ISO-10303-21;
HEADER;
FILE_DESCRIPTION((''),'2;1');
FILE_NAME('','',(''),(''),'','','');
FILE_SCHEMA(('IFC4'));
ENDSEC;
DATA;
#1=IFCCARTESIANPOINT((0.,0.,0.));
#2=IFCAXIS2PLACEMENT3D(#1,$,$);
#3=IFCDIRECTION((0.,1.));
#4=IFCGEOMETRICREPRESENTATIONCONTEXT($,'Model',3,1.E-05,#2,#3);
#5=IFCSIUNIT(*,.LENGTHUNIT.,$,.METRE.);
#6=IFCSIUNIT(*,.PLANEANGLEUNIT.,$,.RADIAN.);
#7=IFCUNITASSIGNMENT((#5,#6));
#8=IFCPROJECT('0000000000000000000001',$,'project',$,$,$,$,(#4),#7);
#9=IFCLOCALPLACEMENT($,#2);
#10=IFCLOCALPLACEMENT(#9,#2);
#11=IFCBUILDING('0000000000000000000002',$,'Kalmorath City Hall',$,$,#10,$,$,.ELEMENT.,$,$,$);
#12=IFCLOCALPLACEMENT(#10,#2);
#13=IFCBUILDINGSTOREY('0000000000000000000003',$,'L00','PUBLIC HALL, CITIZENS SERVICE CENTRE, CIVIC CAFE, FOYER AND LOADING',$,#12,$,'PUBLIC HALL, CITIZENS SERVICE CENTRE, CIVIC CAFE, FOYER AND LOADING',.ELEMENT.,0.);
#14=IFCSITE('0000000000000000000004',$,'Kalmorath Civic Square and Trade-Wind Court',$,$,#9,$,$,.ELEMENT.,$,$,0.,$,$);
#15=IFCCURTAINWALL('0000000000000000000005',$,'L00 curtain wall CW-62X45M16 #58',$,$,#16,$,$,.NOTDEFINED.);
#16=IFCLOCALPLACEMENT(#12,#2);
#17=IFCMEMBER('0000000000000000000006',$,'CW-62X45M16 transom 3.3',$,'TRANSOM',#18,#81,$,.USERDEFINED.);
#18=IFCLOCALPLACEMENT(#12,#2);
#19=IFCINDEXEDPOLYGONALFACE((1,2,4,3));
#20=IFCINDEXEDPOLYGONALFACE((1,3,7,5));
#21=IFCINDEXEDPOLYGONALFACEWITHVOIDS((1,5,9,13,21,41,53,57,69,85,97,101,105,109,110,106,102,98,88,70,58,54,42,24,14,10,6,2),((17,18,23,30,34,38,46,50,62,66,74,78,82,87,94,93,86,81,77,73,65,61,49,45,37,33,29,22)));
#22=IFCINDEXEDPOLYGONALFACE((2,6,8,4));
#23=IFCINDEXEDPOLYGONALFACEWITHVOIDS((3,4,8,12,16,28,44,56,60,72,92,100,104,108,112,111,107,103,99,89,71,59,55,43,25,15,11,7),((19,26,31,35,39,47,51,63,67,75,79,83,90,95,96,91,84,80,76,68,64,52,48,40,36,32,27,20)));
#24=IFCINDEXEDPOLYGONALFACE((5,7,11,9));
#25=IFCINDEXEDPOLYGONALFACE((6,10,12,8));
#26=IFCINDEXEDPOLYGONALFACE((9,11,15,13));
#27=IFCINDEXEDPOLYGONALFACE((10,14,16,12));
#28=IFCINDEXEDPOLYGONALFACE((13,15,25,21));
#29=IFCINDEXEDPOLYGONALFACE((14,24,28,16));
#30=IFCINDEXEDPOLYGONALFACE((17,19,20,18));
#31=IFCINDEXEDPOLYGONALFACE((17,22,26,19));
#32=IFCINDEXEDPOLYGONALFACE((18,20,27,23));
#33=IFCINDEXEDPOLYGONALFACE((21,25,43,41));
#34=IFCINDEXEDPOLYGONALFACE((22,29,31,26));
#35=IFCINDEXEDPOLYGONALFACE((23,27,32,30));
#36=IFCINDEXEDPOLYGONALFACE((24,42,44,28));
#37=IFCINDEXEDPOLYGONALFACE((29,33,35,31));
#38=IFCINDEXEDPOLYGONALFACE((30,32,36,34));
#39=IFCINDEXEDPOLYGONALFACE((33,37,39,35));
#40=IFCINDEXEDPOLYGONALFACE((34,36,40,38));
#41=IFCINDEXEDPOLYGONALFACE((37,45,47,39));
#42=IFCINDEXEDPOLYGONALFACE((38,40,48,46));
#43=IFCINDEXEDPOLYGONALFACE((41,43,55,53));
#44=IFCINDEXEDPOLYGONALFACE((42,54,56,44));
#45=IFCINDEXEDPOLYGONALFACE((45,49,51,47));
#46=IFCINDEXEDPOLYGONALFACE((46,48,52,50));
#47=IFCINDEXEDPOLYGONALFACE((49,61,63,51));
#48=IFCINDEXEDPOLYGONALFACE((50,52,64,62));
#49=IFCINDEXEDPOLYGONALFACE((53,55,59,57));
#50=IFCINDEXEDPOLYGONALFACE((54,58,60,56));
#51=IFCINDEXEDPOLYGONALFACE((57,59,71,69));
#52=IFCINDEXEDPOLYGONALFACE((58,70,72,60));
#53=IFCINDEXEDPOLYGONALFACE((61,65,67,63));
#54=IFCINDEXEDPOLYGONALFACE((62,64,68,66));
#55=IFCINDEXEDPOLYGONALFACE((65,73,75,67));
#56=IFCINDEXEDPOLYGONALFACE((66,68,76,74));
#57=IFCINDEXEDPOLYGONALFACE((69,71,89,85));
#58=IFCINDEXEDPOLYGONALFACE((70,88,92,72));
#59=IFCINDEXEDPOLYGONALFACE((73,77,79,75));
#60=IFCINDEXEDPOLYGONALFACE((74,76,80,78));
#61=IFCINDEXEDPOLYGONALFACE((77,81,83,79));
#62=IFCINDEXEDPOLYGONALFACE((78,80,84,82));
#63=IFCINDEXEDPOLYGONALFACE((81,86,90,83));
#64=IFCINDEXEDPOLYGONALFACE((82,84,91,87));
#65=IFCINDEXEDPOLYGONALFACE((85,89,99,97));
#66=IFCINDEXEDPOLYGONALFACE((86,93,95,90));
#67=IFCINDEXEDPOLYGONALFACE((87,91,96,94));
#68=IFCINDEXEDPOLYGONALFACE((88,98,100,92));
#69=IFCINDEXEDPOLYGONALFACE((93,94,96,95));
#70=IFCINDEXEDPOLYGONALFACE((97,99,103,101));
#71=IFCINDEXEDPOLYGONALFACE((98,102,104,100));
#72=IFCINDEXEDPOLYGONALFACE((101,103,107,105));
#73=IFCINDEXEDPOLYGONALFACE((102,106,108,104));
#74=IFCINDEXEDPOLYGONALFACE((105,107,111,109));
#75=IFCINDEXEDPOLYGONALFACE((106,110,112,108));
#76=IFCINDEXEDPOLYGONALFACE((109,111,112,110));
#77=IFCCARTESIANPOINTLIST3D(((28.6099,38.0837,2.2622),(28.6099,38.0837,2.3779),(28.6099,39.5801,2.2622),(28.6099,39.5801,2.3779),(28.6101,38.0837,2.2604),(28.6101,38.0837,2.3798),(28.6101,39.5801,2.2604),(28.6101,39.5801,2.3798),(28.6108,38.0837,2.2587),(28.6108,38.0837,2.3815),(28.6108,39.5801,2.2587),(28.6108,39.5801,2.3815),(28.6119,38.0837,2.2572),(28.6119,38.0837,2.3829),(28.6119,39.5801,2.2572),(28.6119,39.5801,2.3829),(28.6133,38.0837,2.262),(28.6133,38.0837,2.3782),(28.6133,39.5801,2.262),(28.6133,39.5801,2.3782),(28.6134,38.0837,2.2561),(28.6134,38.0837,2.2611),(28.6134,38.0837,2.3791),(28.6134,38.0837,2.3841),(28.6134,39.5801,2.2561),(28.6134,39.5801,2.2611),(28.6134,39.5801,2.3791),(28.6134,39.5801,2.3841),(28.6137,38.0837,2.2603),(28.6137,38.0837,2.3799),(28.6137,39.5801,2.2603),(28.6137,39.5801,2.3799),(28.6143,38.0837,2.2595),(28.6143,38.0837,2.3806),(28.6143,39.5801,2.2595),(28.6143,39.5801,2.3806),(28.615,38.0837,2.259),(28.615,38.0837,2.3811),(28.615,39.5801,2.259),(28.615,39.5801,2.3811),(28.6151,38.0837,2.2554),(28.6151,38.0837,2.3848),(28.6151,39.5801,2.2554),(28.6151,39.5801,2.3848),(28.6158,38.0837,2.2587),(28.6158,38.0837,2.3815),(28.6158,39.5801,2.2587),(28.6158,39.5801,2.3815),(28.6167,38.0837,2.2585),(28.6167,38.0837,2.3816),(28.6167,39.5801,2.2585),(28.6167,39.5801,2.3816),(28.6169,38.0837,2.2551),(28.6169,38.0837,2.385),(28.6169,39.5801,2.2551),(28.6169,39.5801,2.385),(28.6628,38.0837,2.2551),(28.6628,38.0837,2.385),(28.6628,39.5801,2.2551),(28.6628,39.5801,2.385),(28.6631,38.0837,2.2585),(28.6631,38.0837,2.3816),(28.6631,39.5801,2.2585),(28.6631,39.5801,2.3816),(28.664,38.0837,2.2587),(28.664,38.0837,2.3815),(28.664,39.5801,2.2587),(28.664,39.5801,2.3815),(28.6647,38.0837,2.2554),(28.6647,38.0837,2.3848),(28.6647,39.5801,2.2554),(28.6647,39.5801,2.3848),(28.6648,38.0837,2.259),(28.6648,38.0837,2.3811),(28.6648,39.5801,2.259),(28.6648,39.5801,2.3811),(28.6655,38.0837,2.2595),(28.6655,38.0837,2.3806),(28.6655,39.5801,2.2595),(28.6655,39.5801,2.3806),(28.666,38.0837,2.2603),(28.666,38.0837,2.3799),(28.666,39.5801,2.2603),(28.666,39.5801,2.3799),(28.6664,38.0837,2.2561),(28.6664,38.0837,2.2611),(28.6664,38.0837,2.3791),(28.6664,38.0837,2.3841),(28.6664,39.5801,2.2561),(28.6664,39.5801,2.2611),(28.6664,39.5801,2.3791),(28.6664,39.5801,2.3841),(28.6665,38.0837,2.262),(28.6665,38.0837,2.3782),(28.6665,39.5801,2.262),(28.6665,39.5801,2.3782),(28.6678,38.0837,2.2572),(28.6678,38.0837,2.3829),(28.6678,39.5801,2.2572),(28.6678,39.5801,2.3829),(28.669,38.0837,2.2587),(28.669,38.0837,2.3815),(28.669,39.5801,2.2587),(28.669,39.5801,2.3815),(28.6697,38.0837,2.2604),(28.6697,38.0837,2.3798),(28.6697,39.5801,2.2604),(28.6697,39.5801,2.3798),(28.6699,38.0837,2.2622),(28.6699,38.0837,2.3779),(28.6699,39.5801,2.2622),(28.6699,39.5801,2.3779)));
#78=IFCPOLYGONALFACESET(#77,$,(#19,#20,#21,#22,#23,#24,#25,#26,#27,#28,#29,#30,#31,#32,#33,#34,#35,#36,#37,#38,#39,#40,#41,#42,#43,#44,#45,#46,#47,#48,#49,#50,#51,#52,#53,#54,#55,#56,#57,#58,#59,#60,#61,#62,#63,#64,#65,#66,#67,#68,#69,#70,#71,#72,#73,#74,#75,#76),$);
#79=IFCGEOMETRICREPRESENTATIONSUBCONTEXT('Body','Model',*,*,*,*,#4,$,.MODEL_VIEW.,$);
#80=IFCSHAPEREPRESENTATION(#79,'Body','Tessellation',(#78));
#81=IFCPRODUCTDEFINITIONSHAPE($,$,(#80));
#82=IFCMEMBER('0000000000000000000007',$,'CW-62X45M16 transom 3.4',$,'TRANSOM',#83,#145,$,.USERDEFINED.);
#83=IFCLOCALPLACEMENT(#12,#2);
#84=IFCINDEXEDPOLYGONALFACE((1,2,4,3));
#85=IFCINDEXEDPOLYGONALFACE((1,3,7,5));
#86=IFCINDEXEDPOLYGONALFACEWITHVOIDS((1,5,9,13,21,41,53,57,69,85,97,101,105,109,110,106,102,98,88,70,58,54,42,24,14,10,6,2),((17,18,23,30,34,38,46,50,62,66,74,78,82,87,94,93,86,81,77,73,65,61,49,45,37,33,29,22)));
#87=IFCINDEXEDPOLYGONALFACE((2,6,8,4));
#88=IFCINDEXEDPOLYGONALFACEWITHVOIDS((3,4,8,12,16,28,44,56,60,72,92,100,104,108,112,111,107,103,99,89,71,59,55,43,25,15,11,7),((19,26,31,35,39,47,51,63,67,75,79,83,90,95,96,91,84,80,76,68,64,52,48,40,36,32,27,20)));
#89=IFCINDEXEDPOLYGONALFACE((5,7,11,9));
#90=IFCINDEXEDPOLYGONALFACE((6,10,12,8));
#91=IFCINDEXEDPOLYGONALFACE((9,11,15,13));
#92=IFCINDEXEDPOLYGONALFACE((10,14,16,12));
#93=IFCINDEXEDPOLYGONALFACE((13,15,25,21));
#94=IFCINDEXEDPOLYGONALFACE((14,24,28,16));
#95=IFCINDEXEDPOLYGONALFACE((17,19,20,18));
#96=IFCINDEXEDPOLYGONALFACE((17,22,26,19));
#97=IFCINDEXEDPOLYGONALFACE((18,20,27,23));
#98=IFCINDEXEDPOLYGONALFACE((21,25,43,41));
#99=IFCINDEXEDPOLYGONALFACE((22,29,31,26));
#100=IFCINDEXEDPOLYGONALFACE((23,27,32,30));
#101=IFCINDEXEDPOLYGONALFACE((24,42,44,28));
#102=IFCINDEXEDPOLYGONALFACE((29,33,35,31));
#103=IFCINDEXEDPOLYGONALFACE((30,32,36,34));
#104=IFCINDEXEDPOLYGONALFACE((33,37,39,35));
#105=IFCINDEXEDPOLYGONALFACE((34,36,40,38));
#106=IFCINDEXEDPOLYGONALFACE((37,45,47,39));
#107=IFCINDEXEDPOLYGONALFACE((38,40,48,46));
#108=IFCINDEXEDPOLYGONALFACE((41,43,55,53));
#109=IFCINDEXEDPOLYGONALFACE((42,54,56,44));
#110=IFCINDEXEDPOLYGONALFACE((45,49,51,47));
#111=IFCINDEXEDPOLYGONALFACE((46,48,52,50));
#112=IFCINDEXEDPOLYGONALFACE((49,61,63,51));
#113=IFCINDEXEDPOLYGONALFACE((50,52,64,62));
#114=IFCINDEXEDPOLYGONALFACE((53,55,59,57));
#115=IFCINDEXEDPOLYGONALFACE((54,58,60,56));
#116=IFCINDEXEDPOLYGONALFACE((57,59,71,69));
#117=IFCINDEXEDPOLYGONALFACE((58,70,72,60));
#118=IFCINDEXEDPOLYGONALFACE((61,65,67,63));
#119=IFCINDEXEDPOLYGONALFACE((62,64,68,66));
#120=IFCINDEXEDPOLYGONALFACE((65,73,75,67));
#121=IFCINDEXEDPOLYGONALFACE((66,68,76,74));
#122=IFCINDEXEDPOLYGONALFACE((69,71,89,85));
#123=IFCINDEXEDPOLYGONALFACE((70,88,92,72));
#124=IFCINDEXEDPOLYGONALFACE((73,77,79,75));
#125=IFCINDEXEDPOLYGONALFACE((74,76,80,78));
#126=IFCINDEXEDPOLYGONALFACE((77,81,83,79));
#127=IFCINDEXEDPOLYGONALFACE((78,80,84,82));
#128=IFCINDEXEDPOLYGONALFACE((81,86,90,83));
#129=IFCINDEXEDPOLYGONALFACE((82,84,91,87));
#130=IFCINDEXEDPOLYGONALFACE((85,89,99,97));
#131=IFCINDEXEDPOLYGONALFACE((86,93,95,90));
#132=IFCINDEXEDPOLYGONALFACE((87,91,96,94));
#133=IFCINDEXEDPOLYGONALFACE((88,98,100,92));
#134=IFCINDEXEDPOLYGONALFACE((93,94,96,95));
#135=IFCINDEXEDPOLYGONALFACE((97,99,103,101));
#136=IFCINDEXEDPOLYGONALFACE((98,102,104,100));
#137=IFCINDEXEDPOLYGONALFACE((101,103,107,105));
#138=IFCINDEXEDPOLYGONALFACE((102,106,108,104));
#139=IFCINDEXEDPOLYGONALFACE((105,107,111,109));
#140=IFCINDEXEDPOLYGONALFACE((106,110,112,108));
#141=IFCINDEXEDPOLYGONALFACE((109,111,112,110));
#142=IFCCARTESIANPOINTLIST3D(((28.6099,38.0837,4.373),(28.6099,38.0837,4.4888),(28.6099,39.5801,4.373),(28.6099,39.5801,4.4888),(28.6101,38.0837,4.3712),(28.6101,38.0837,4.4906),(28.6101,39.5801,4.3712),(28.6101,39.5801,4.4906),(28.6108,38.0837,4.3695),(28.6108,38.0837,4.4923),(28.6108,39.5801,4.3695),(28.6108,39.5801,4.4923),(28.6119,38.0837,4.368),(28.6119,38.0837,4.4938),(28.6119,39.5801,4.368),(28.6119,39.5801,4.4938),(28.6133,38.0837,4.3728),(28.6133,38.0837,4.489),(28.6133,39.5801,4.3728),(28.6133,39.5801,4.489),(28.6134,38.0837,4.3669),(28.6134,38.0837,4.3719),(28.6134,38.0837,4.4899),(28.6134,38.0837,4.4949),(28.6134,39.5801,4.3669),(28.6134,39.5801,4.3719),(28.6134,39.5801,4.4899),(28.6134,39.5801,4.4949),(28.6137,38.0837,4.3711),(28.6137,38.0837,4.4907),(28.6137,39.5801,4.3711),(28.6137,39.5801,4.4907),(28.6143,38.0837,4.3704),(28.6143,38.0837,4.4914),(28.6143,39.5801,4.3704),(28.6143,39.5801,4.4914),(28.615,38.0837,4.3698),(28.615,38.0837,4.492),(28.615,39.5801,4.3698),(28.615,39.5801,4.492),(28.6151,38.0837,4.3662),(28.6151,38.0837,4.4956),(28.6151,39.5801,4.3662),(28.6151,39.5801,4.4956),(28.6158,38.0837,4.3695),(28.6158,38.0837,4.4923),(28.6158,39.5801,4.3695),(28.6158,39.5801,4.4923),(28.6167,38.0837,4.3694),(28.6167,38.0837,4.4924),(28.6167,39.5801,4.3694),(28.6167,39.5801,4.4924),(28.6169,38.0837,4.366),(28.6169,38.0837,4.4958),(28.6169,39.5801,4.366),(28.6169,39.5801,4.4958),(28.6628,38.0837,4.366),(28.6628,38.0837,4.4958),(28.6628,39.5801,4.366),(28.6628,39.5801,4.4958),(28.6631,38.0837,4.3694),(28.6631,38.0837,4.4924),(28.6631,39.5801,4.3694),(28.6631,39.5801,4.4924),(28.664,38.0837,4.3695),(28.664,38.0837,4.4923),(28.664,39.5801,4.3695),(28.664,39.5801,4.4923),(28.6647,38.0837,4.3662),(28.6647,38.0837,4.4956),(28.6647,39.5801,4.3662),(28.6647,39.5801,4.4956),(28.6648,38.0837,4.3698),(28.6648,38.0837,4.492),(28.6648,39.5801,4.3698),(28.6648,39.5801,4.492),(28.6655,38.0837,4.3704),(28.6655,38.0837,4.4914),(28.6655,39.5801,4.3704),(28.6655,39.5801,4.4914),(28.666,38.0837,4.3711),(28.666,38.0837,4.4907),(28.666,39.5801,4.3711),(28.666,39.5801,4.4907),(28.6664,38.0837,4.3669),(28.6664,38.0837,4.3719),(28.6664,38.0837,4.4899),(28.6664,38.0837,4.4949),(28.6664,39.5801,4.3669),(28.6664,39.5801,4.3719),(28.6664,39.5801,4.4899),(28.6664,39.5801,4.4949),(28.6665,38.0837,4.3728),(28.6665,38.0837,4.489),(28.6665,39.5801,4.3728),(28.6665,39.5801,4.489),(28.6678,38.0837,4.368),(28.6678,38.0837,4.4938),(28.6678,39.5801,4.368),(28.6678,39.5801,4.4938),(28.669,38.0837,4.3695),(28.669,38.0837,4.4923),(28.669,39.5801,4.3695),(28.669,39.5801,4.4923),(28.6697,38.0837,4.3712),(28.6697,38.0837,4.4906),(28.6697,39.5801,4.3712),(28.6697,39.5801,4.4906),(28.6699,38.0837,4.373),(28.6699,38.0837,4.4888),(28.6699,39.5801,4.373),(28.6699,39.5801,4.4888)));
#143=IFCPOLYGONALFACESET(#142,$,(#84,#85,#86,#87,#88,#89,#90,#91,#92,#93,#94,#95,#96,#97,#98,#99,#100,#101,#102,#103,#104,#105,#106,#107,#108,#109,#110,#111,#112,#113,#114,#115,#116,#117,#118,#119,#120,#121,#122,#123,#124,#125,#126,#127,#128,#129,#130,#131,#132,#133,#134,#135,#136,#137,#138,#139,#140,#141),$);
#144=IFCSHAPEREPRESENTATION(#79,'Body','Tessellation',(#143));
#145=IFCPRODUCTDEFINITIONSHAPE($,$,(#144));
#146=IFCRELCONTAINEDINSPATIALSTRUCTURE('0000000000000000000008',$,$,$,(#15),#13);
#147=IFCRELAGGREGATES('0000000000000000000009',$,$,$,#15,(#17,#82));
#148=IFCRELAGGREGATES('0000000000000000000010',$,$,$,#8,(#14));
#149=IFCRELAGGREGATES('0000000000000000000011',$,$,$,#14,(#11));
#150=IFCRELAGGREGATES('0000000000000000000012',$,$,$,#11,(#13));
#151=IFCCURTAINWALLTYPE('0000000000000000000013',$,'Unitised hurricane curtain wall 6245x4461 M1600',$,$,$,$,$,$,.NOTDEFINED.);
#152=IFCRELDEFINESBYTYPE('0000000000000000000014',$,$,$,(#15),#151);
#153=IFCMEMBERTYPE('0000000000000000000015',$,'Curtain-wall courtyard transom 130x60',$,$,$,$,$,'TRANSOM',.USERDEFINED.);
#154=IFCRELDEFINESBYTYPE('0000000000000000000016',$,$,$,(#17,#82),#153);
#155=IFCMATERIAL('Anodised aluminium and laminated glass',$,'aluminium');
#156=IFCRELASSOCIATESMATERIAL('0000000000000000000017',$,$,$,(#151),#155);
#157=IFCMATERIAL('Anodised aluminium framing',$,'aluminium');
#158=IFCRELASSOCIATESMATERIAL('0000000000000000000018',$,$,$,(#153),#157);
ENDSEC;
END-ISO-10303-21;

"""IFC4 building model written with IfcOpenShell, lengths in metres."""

from ifc_helpers import new_model, si_unit, direction, frame, origin, origin_2d, place, context, subcontext, project, spatial, hollow_rectangle, extrude, material, material_profile, profile_set, type_object, element, aggregate, save


model = new_model("IFC4")

# Units and contexts
model_context = context("Model", 3, precision=1e-05, world=origin(), true_north=direction((0.0, 1.0)))
body_context = subcontext(model_context, "Body", "Model", "MODEL_VIEW")
ifc_project = project(units=[si_unit("LENGTHUNIT", "METRE"), si_unit("PLANEANGLEUNIT", "RADIAN")], contexts=[model_context])

# Site, building, storey
site_placement = place(None, origin())
site = spatial("IfcSite", under=ifc_project, at=site_placement, Name="Kalmorath Civic Square and Trade-Wind Court", CompositionType="ELEMENT", RefElevation=0.0)
building_placement = place(site_placement, origin())
building = spatial("IfcBuilding", under=site, at=building_placement, Name="Kalmorath City Hall", CompositionType="ELEMENT")
storey_placement = place(building_placement, origin())
storey = spatial("IfcBuildingStorey", under=building, at=storey_placement, Name="L00", Description="PUBLIC HALL, CITIZENS SERVICE CENTRE, CIVIC CAFE, FOYER AND LOADING", LongName="PUBLIC HALL, CITIZENS SERVICE CENTRE, CIVIC CAFE, FOYER AND LOADING", CompositionType="ELEMENT", Elevation=0.0)

# Curtain wall, members
ifc_material_1 = material(Name="Anodised aluminium and laminated glass", Category="aluminium")
curtain_wall_type = type_object("IfcCurtainWallType", Name="Unitised hurricane curtain wall 6245x4461 M1600", PredefinedType="NOTDEFINED", material=ifc_material_1)
curtain_wall_placement = place(storey_placement, origin())
curtain_wall = element("IfcCurtainWall", 1, at=curtain_wall_placement, inside=storey, type_object=curtain_wall_type, Name="L00 curtain wall CW-62X45M16 #58", PredefinedType="NOTDEFINED")
ifc_material_2 = material(Name="Anodised aluminium framing", Category="aluminium")
ifc_material_profile_1 = material_profile(ifc_material_2, hollow_rectangle(XDim=0.0601, YDim=0.1299, WallThickness=0.0034, InnerFilletRadius=0.0034, OuterFilletRadius=0.0071, at=origin_2d()), Name="ALU-TRN-130X60X3.5")
ifc_profile_set_1 = profile_set([ifc_material_profile_1], Name="Anodised aluminium framing")
member_type_1 = type_object("IfcMemberType", Name="Curtain-wall courtyard transom 130x60", ElementType="TRANSOM", PredefinedType="USERDEFINED", material=ifc_profile_set_1)
member_1_placement = place(storey_placement, frame((28.6399, 39.5801, 2.3201), z_axis=(0.0, -1.0, 0.0), x_axis=(1.0, 0.0, 0.0)))
member_1 = element("IfcMember", 2, at=member_1_placement, type_object=member_type_1, Name="CW-62X45M16 transom 3.3", ObjectType="TRANSOM", PredefinedType="USERDEFINED", context=body_context, shape_type="SweptSolid", body=[
    extrude(hollow_rectangle(XDim=0.0601, YDim=0.1299, WallThickness=0.0034, InnerFilletRadius=0.0034, OuterFilletRadius=0.0071, at=origin_2d()), origin(), (0.0, 0.0, 1.0), 1.4963),
])
member_2_placement = place(storey_placement, frame((28.6399, 39.5801, 4.4309), z_axis=(0.0, -1.0, 0.0), x_axis=(1.0, 0.0, 0.0)))
member_2 = element("IfcMember", 3, at=member_2_placement, type_object=member_type_1, Name="CW-62X45M16 transom 3.4", ObjectType="TRANSOM", PredefinedType="USERDEFINED", context=body_context, shape_type="SweptSolid", body=[
    extrude(hollow_rectangle(XDim=0.0601, YDim=0.1299, WallThickness=0.0034, InnerFilletRadius=0.0034, OuterFilletRadius=0.0071, at=origin_2d()), origin(), (0.0, 0.0, 1.0), 1.4963),
])

aggregate(curtain_wall, [member_1, member_2])

save(model, "model.ifc")
